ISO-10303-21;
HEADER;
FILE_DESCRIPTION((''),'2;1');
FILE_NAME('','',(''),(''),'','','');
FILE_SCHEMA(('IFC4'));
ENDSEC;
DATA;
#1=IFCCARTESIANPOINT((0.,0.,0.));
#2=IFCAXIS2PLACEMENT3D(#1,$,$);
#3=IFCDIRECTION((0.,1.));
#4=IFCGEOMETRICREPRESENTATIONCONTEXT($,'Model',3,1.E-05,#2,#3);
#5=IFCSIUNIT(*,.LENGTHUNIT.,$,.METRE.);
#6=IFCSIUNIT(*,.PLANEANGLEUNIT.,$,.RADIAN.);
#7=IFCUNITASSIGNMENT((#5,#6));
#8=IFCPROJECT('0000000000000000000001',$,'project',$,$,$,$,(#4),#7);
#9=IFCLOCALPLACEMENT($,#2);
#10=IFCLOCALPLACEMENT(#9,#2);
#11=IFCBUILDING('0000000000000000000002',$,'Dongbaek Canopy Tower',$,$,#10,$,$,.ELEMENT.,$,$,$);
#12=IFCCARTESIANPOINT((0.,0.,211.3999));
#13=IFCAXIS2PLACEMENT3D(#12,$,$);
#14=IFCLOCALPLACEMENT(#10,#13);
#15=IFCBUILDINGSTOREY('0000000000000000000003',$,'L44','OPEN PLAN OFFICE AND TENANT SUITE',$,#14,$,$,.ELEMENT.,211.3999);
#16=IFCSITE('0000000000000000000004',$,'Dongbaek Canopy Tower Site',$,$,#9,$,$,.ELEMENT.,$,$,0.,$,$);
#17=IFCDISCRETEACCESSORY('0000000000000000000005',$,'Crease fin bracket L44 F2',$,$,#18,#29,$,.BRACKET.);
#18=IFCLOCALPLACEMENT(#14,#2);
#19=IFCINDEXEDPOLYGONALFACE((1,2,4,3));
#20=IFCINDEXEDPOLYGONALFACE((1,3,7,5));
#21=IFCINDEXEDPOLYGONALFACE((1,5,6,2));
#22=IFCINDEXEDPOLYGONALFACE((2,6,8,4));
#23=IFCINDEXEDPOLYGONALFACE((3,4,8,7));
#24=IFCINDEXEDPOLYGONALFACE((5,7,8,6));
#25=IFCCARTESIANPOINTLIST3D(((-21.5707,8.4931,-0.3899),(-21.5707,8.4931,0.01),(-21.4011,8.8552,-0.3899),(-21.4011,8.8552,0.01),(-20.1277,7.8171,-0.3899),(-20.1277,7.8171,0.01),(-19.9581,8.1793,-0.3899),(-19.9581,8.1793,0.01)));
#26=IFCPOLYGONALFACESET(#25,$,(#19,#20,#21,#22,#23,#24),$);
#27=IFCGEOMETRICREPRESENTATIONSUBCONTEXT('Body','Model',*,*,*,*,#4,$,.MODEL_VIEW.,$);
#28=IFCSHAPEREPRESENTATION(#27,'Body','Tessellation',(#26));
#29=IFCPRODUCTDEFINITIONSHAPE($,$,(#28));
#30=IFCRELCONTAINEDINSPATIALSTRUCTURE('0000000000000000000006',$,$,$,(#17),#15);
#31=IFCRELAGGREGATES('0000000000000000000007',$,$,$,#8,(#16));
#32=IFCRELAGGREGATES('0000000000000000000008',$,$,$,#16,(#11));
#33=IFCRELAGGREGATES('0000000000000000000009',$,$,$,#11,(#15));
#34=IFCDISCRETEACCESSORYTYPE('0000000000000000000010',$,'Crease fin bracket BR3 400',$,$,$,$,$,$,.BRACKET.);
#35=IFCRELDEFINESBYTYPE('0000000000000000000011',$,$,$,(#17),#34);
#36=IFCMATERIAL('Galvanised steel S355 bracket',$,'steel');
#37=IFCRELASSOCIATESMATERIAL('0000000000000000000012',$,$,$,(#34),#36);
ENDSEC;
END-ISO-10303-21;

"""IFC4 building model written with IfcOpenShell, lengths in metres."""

from ifc_helpers import new_model, si_unit, direction, frame, origin, origin_2d, place, context, subcontext, project, spatial, rectangle, extrude, material, type_object, element, save


model = new_model("IFC4")

# Units and contexts
model_context = context("Model", 3, precision=1e-05, world=origin(), true_north=direction((0.0, 1.0)))
body_context = subcontext(model_context, "Body", "Model", "MODEL_VIEW")
ifc_project = project(units=[si_unit("LENGTHUNIT", "METRE"), si_unit("PLANEANGLEUNIT", "RADIAN")], contexts=[model_context])

# Site, building, storey
site_placement = place(None, origin())
site = spatial("IfcSite", under=ifc_project, at=site_placement, Name="Dongbaek Canopy Tower Site", CompositionType="ELEMENT", RefElevation=0.0)
building_placement = place(site_placement, origin())
building = spatial("IfcBuilding", under=site, at=building_placement, Name="Dongbaek Canopy Tower", CompositionType="ELEMENT")
storey_placement = place(building_placement, frame((0.0, 0.0, 211.3999)))
storey = spatial("IfcBuildingStorey", under=building, at=storey_placement, Name="L44", Description="OPEN PLAN OFFICE AND TENANT SUITE", CompositionType="ELEMENT", Elevation=211.3999)

# Discrete accessory
ifc_material_1 = material(Name="Galvanised steel S355 bracket", Category="steel")
discrete_accessory_type = type_object("IfcDiscreteAccessoryType", Name="Crease fin bracket BR3 400", PredefinedType="BRACKET", material=ifc_material_1)
discrete_accessory_placement = place(storey_placement, frame((-20.7644, 8.3362, -0.3899), z_axis=(0.0, 0.0, 1.0), x_axis=(-0.905579, 0.424177, 0.0)))
element("IfcDiscreteAccessory", 1, at=discrete_accessory_placement, inside=storey, type_object=discrete_accessory_type, Name="Crease fin bracket L44 F2", PredefinedType="BRACKET", context=body_context, shape_type="SweptSolid", body=[
    extrude(rectangle(XDim=1.5935, YDim=0.3999, at=origin_2d()), origin(), (0.0, 0.0, 1.0), 0.3999),
])

save(model, "model.ifc")
